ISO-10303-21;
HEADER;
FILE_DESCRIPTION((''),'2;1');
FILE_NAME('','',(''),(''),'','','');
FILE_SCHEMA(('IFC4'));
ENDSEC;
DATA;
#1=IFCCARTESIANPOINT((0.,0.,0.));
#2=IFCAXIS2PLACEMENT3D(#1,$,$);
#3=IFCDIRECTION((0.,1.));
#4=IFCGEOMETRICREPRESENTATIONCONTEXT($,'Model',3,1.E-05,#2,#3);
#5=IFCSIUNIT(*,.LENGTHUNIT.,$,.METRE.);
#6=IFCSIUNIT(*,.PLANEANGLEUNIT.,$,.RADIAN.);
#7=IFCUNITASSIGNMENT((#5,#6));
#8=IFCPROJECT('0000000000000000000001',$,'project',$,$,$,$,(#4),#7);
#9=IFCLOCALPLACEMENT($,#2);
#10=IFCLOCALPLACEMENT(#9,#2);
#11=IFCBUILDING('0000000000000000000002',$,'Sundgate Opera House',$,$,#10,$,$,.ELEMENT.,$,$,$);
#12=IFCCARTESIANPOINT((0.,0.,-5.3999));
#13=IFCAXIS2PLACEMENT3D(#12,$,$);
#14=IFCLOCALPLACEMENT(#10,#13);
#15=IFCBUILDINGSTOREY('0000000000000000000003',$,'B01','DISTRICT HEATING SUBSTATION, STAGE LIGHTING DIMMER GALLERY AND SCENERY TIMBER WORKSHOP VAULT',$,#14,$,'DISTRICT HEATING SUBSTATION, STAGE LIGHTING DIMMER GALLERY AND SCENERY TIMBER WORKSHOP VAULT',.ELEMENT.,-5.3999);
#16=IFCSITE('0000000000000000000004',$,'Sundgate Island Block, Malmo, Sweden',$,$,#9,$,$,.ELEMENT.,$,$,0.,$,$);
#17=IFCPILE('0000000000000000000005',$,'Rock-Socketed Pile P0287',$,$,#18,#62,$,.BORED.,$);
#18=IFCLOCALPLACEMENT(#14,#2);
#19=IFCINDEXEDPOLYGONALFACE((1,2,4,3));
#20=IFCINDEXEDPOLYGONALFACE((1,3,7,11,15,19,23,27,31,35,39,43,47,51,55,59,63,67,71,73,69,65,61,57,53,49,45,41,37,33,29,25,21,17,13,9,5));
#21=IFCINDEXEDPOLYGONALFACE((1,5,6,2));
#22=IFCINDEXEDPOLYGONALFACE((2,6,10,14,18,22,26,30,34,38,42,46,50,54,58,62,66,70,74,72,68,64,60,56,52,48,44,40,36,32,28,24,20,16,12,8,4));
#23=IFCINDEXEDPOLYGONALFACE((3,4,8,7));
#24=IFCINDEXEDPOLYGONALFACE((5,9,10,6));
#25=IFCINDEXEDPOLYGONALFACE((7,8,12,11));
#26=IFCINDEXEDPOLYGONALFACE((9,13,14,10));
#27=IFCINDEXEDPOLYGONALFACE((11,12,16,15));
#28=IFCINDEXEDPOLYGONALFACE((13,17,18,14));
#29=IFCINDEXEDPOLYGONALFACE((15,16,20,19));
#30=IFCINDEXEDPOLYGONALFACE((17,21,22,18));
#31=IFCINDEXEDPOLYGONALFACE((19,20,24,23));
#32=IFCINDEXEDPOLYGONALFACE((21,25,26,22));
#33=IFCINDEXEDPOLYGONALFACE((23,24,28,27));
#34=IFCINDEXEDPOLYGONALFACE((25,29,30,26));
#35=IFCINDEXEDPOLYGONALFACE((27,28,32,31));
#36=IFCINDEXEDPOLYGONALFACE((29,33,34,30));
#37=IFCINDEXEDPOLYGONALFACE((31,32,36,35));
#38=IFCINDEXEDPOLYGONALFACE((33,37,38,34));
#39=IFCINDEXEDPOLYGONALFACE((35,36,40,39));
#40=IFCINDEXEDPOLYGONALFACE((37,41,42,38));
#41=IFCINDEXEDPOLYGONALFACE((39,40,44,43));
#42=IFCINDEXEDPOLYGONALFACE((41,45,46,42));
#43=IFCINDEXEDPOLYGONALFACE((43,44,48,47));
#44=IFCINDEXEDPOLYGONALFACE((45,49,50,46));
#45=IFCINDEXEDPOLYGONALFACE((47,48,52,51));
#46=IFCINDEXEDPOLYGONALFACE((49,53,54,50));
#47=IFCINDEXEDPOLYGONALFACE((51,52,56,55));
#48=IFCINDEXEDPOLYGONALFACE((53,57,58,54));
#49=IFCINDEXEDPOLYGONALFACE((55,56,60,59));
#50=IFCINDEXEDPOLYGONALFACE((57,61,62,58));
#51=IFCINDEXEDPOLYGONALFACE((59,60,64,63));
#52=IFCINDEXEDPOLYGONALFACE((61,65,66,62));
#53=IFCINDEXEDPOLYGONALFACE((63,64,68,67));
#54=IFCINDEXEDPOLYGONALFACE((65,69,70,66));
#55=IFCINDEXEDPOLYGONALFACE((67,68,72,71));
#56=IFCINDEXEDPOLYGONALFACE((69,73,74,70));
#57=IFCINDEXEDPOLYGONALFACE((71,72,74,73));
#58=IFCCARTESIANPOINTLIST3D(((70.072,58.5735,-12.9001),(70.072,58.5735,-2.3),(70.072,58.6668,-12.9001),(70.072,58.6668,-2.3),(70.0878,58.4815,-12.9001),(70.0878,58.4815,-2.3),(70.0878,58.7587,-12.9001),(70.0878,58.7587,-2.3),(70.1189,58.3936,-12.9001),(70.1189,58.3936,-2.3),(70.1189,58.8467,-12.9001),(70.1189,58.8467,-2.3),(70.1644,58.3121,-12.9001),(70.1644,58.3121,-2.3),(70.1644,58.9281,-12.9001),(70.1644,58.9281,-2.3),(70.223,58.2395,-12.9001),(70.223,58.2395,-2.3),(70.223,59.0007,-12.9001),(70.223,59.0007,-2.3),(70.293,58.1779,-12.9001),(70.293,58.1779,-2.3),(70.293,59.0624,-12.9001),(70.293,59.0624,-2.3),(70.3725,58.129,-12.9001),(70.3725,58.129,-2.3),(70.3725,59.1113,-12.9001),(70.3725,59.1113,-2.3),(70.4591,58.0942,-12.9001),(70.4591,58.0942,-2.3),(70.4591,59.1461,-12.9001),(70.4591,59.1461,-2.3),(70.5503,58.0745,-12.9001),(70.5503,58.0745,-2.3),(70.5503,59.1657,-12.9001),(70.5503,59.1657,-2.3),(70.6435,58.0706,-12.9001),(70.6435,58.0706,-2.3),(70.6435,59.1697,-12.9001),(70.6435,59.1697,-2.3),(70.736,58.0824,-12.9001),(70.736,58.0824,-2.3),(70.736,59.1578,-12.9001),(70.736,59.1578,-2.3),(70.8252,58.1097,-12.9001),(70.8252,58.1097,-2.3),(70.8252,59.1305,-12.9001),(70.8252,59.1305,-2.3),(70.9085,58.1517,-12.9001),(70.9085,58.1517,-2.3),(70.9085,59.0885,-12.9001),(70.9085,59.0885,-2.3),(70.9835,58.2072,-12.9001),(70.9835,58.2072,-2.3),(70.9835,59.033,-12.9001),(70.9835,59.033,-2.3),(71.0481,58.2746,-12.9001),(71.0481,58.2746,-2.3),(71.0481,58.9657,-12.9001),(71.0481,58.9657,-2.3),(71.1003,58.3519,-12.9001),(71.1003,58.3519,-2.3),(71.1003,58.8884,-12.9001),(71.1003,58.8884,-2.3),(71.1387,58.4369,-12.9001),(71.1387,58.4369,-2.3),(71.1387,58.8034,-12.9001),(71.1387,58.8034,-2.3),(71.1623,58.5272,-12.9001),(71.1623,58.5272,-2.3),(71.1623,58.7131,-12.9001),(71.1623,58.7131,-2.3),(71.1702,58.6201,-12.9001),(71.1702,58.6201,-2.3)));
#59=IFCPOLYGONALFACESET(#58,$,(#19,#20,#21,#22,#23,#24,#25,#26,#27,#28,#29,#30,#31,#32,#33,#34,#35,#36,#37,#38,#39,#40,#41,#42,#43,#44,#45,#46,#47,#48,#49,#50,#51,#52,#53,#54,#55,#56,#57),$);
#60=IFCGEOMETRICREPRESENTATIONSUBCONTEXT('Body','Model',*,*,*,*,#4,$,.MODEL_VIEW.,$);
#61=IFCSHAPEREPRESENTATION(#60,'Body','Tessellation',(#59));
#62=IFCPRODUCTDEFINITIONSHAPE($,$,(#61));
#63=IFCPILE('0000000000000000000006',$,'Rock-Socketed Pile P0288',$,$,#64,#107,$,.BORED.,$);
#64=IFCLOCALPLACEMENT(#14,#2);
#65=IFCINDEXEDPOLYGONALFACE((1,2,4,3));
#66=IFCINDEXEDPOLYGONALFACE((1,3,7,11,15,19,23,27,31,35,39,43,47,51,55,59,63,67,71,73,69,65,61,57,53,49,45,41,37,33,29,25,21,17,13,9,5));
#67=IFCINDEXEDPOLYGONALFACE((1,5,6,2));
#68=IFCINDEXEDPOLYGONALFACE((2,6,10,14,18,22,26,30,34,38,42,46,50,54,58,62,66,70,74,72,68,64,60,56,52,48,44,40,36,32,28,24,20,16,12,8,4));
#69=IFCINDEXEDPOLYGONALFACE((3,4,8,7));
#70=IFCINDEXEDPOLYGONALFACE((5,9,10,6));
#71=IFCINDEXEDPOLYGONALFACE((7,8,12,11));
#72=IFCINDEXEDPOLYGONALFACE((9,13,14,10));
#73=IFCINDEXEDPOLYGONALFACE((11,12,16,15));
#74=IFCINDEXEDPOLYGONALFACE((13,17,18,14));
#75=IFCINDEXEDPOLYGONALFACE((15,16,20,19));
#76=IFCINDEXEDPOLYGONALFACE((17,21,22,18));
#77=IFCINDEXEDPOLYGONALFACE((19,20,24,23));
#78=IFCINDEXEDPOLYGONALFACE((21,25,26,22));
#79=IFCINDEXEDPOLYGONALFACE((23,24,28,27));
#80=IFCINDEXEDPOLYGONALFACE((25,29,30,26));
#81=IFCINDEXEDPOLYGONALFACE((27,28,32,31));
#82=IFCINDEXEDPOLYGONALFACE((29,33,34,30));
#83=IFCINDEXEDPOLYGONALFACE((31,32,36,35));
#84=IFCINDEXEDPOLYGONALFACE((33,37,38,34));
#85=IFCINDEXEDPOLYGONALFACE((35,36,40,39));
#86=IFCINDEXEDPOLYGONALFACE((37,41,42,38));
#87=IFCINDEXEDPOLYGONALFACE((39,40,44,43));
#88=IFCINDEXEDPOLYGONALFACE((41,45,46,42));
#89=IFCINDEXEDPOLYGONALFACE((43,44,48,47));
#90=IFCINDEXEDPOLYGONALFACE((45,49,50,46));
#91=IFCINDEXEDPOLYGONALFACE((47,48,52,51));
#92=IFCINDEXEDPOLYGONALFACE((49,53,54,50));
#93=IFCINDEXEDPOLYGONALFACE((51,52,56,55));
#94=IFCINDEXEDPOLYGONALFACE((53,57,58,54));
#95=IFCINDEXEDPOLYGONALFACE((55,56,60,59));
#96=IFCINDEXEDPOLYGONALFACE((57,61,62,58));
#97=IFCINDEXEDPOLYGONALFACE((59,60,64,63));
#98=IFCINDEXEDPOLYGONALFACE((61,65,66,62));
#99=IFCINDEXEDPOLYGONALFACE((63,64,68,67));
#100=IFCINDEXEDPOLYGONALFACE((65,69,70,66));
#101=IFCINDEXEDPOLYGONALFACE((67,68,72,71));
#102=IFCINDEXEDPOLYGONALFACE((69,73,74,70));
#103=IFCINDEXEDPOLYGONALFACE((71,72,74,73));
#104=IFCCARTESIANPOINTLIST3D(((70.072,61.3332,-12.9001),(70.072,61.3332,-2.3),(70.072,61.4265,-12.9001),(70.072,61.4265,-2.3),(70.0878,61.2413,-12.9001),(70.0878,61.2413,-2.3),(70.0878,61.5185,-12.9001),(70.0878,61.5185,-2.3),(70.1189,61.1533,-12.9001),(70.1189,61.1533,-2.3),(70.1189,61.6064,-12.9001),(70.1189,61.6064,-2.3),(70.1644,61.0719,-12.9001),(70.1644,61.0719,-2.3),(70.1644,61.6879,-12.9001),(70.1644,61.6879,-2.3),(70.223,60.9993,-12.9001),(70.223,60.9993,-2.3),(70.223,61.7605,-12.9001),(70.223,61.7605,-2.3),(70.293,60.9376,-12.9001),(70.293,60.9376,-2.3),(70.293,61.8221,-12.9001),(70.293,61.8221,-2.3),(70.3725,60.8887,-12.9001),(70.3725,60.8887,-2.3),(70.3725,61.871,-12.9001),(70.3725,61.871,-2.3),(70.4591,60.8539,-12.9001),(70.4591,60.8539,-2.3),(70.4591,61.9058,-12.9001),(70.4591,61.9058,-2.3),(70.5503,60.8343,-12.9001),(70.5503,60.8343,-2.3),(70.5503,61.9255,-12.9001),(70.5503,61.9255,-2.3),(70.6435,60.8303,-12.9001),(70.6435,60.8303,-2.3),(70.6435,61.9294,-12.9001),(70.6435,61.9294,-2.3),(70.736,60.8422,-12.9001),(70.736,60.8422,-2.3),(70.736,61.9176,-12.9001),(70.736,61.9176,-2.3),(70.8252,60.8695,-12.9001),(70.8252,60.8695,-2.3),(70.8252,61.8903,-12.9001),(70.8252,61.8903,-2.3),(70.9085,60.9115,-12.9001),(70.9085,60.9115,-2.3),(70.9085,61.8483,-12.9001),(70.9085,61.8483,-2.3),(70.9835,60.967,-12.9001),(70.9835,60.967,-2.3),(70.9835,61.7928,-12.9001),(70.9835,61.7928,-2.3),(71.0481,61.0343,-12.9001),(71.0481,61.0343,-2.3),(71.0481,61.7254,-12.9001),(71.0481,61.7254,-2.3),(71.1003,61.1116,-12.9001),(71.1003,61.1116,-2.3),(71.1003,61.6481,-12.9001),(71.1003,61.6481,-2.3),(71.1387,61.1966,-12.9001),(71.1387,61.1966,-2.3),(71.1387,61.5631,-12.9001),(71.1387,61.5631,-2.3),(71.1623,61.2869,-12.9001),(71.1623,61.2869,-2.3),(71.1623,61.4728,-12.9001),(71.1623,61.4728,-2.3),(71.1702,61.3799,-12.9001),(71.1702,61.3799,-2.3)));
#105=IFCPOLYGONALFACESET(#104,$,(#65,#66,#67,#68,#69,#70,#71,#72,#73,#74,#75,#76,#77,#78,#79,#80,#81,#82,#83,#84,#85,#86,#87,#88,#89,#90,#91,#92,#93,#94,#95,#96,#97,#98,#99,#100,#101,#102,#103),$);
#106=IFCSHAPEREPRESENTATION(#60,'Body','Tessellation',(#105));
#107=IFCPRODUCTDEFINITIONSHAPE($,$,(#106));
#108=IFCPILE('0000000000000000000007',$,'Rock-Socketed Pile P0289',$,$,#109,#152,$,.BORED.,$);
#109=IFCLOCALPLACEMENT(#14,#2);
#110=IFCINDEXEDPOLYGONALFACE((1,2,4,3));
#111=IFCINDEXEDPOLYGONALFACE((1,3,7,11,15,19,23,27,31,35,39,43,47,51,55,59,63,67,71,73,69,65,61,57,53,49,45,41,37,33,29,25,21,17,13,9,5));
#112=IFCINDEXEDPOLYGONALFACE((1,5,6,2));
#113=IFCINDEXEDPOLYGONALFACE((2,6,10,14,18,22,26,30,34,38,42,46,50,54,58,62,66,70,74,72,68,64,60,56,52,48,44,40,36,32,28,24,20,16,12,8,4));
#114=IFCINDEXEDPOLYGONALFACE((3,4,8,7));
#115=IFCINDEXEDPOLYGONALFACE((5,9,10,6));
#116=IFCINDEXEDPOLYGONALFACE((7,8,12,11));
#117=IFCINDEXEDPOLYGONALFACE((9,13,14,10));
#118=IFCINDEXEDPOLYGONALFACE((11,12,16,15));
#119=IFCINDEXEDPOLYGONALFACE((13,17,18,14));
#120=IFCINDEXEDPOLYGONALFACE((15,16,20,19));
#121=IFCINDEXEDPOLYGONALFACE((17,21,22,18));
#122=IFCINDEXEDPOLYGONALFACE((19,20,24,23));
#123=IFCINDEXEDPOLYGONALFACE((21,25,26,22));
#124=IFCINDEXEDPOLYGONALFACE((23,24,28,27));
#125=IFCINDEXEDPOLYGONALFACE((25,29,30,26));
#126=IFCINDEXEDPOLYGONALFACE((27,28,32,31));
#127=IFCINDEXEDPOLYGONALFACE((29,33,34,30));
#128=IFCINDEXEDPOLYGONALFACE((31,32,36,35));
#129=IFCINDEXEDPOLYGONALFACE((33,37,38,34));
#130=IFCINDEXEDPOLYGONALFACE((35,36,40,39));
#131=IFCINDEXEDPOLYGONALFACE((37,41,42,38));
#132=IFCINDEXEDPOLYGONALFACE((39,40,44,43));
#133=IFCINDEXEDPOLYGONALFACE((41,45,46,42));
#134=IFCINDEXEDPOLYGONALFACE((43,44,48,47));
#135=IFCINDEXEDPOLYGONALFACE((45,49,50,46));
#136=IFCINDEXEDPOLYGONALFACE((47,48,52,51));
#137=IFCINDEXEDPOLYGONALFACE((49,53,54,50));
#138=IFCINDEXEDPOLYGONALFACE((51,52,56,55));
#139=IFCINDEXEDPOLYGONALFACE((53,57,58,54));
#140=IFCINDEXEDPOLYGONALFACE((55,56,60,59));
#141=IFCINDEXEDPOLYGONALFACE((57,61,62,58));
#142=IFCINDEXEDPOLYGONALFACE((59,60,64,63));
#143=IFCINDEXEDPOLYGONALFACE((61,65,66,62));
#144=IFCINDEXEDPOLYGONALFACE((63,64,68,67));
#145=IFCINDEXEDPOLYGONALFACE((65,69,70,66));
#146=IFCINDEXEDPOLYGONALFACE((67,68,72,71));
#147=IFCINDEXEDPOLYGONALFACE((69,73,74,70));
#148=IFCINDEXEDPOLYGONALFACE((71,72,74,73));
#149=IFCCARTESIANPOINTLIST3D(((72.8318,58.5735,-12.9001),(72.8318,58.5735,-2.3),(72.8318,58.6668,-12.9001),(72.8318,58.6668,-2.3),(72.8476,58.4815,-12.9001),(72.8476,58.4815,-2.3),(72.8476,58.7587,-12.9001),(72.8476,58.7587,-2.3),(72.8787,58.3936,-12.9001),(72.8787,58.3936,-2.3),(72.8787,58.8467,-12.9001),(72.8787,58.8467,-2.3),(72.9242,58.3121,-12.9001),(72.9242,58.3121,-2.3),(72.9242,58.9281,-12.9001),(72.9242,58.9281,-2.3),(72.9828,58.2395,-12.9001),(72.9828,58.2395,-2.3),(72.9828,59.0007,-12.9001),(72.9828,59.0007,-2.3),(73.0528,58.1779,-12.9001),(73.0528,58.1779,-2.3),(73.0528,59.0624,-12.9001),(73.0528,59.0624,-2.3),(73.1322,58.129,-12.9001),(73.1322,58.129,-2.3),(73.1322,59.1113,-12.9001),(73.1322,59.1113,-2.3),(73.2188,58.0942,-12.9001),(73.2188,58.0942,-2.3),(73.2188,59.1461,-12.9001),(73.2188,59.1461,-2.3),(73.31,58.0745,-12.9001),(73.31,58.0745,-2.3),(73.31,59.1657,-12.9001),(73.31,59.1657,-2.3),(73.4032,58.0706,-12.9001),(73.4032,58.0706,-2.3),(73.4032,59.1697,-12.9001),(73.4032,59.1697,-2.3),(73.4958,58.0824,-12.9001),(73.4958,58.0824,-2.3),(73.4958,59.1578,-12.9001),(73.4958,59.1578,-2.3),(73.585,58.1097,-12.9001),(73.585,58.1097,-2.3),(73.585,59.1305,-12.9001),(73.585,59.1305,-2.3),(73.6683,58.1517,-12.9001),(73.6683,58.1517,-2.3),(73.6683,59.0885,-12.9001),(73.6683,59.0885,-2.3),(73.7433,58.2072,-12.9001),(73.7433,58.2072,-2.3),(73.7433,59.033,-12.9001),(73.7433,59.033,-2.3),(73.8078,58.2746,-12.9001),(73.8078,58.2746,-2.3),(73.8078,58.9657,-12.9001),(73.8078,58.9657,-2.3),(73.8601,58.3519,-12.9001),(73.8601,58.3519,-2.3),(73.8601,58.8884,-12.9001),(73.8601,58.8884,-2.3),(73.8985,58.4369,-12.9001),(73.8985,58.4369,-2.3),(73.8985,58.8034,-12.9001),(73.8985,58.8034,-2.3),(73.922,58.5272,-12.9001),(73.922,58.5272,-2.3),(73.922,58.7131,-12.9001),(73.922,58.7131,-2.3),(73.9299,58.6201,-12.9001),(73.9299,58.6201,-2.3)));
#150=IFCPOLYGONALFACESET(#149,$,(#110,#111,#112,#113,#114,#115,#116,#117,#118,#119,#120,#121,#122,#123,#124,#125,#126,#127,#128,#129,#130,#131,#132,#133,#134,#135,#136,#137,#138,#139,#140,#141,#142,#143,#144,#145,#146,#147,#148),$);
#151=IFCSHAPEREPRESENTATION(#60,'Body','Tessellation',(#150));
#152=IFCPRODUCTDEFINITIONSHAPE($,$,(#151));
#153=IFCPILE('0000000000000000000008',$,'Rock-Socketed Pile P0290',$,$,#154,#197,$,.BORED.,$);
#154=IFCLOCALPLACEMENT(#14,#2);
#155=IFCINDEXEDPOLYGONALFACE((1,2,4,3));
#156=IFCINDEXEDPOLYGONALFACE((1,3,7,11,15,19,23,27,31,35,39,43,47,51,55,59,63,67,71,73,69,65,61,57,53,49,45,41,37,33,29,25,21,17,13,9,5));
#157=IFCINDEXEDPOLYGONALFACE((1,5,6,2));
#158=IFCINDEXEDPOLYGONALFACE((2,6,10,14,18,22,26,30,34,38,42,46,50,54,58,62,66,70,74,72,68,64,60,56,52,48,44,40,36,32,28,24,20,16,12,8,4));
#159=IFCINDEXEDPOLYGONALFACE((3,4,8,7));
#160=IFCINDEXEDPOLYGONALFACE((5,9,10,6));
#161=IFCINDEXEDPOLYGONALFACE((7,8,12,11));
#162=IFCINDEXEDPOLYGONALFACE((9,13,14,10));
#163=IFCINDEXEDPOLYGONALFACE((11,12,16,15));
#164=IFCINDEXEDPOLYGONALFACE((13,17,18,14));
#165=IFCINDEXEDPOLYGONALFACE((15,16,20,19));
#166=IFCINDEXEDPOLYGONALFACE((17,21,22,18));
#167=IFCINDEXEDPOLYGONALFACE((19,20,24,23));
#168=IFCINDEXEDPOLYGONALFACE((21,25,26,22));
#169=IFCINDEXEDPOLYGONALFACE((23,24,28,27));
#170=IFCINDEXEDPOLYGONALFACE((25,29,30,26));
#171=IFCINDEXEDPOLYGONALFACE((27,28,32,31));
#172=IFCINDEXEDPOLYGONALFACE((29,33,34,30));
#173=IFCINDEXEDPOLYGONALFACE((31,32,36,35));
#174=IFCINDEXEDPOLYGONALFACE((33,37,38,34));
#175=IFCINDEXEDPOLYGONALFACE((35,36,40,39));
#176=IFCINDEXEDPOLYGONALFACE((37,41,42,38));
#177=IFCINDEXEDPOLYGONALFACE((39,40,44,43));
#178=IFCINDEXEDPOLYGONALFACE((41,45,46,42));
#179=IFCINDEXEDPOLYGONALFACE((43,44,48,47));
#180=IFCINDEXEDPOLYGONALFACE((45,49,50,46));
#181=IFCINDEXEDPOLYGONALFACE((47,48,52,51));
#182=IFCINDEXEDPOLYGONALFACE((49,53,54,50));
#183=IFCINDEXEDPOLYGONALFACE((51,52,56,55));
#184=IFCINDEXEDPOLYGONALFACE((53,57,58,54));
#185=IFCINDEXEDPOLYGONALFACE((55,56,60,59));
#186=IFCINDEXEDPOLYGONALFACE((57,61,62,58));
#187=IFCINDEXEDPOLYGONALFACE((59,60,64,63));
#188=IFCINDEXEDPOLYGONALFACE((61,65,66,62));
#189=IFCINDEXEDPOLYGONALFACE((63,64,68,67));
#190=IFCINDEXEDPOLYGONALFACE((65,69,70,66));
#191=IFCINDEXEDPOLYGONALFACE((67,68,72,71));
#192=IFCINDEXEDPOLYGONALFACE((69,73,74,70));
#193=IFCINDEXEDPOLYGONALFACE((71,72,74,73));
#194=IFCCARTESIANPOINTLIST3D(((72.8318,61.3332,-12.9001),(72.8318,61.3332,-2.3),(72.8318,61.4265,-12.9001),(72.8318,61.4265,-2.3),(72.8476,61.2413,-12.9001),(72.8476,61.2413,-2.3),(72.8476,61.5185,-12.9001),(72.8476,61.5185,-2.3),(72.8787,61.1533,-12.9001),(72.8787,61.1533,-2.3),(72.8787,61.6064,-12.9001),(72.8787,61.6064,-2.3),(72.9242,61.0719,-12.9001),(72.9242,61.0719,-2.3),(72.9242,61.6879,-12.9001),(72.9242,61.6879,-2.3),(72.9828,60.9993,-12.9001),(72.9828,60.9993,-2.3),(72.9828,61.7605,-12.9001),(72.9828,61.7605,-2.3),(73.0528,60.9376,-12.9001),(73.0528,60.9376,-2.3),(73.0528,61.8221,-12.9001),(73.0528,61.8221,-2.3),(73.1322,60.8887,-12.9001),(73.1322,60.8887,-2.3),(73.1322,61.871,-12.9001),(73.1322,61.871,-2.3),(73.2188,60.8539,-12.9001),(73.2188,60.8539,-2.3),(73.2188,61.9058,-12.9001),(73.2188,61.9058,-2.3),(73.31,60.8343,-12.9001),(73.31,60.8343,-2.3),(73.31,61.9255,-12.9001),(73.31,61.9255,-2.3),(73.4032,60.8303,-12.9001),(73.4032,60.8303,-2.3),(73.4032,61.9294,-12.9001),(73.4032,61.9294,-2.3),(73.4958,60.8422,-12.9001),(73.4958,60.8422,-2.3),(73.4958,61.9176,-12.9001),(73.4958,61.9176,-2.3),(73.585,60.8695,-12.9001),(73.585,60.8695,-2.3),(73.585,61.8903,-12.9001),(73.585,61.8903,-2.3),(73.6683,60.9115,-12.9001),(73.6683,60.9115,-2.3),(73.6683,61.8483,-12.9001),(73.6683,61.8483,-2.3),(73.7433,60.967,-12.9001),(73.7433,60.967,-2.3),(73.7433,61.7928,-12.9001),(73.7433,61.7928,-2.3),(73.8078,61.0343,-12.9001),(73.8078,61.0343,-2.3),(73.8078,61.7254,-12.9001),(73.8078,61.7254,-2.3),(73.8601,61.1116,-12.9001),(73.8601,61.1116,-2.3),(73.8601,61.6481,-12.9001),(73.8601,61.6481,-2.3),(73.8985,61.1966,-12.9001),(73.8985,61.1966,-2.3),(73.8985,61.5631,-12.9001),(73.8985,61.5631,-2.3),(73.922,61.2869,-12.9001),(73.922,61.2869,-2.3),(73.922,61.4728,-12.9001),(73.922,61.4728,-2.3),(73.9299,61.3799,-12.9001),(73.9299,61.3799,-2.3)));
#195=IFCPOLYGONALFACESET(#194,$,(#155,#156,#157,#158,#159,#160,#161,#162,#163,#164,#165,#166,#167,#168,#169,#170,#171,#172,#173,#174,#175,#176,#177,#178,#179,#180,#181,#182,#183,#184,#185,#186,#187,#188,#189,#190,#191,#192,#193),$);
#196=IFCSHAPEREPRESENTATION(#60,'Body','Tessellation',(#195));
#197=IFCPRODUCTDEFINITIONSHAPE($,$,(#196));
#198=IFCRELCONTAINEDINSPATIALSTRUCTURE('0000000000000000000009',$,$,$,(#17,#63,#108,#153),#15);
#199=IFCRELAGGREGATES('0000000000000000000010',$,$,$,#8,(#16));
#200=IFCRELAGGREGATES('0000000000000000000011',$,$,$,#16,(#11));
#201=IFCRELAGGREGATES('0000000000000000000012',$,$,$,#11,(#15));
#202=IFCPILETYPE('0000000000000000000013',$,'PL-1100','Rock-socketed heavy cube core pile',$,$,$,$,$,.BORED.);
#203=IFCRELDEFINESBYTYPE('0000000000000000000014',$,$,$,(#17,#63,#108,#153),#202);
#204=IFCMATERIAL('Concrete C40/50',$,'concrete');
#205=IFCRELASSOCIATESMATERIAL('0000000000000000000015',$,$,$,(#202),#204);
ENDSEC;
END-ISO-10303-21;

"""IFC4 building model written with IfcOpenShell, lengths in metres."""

from ifc_helpers import new_model, si_unit, direction, frame, origin, origin_2d, place, context, subcontext, project, spatial, circle, extrude, material, material_profile, profile_set, type_object, element, save


model = new_model("IFC4")

# Units and contexts
model_context = context("Model", 3, precision=1e-05, world=origin(), true_north=direction((0.0, 1.0)))
body_context = subcontext(model_context, "Body", "Model", "MODEL_VIEW")
ifc_project = project(units=[si_unit("LENGTHUNIT", "METRE"), si_unit("PLANEANGLEUNIT", "RADIAN")], contexts=[model_context])

# Site, building, storey
site_placement = place(None, origin())
site = spatial("IfcSite", under=ifc_project, at=site_placement, Name="Sundgate Island Block, Malmo, Sweden", CompositionType="ELEMENT", RefElevation=0.0)
building_placement = place(site_placement, origin())
building = spatial("IfcBuilding", under=site, at=building_placement, Name="Sundgate Opera House", CompositionType="ELEMENT")
storey_placement = place(building_placement, frame((0.0, 0.0, -5.3999)))
storey = spatial("IfcBuildingStorey", under=building, at=storey_placement, Name="B01", Description="DISTRICT HEATING SUBSTATION, STAGE LIGHTING DIMMER GALLERY AND SCENERY TIMBER WORKSHOP VAULT", LongName="DISTRICT HEATING SUBSTATION, STAGE LIGHTING DIMMER GALLERY AND SCENERY TIMBER WORKSHOP VAULT", CompositionType="ELEMENT", Elevation=-5.3999)

# Piles
ifc_material_1 = material(Name="Concrete C40/50", Category="concrete")
ifc_material_profile_1 = material_profile(ifc_material_1, circle(Radius=0.55, at=origin_2d()), Name="PILE D1100")
ifc_profile_set_1 = profile_set([ifc_material_profile_1], Name="Concrete C40/50")
pile_type_1 = type_object("IfcPileType", Name="PL-1100", Description="Rock-socketed heavy cube core pile", PredefinedType="BORED", material=ifc_profile_set_1)
for number, where, z_axis, x_axis, name in (
    (1, (70.6201, 58.6201, -2.3), (0.0, 0.0, -1.0), (1.0, 0.0, 0.0), "Rock-Socketed Pile P0287"),
    (2, (70.6201, 61.3799, -2.3), (0.0, 0.0, -1.0), (1.0, 0.0, 0.0), "Rock-Socketed Pile P0288"),
    (3, (73.3799, 58.6201, -2.3), (0.0, 0.0, -1.0), (1.0, 0.0, 0.0), "Rock-Socketed Pile P0289"),
    (4, (73.3799, 61.3799, -2.3), (0.0, 0.0, -1.0), (1.0, 0.0, 0.0), "Rock-Socketed Pile P0290"),
):
    element("IfcPile", number, at=place(storey_placement, frame(where, z_axis=z_axis, x_axis=x_axis)), inside=storey, type_object=pile_type_1, Name=name, PredefinedType="BORED", context=body_context, shape_type="SweptSolid", body=[
        extrude(circle(Radius=0.55, at=origin_2d()), origin(), (0.0, 0.0, 1.0), 10.6001),
    ])

save(model, "model.ifc")
